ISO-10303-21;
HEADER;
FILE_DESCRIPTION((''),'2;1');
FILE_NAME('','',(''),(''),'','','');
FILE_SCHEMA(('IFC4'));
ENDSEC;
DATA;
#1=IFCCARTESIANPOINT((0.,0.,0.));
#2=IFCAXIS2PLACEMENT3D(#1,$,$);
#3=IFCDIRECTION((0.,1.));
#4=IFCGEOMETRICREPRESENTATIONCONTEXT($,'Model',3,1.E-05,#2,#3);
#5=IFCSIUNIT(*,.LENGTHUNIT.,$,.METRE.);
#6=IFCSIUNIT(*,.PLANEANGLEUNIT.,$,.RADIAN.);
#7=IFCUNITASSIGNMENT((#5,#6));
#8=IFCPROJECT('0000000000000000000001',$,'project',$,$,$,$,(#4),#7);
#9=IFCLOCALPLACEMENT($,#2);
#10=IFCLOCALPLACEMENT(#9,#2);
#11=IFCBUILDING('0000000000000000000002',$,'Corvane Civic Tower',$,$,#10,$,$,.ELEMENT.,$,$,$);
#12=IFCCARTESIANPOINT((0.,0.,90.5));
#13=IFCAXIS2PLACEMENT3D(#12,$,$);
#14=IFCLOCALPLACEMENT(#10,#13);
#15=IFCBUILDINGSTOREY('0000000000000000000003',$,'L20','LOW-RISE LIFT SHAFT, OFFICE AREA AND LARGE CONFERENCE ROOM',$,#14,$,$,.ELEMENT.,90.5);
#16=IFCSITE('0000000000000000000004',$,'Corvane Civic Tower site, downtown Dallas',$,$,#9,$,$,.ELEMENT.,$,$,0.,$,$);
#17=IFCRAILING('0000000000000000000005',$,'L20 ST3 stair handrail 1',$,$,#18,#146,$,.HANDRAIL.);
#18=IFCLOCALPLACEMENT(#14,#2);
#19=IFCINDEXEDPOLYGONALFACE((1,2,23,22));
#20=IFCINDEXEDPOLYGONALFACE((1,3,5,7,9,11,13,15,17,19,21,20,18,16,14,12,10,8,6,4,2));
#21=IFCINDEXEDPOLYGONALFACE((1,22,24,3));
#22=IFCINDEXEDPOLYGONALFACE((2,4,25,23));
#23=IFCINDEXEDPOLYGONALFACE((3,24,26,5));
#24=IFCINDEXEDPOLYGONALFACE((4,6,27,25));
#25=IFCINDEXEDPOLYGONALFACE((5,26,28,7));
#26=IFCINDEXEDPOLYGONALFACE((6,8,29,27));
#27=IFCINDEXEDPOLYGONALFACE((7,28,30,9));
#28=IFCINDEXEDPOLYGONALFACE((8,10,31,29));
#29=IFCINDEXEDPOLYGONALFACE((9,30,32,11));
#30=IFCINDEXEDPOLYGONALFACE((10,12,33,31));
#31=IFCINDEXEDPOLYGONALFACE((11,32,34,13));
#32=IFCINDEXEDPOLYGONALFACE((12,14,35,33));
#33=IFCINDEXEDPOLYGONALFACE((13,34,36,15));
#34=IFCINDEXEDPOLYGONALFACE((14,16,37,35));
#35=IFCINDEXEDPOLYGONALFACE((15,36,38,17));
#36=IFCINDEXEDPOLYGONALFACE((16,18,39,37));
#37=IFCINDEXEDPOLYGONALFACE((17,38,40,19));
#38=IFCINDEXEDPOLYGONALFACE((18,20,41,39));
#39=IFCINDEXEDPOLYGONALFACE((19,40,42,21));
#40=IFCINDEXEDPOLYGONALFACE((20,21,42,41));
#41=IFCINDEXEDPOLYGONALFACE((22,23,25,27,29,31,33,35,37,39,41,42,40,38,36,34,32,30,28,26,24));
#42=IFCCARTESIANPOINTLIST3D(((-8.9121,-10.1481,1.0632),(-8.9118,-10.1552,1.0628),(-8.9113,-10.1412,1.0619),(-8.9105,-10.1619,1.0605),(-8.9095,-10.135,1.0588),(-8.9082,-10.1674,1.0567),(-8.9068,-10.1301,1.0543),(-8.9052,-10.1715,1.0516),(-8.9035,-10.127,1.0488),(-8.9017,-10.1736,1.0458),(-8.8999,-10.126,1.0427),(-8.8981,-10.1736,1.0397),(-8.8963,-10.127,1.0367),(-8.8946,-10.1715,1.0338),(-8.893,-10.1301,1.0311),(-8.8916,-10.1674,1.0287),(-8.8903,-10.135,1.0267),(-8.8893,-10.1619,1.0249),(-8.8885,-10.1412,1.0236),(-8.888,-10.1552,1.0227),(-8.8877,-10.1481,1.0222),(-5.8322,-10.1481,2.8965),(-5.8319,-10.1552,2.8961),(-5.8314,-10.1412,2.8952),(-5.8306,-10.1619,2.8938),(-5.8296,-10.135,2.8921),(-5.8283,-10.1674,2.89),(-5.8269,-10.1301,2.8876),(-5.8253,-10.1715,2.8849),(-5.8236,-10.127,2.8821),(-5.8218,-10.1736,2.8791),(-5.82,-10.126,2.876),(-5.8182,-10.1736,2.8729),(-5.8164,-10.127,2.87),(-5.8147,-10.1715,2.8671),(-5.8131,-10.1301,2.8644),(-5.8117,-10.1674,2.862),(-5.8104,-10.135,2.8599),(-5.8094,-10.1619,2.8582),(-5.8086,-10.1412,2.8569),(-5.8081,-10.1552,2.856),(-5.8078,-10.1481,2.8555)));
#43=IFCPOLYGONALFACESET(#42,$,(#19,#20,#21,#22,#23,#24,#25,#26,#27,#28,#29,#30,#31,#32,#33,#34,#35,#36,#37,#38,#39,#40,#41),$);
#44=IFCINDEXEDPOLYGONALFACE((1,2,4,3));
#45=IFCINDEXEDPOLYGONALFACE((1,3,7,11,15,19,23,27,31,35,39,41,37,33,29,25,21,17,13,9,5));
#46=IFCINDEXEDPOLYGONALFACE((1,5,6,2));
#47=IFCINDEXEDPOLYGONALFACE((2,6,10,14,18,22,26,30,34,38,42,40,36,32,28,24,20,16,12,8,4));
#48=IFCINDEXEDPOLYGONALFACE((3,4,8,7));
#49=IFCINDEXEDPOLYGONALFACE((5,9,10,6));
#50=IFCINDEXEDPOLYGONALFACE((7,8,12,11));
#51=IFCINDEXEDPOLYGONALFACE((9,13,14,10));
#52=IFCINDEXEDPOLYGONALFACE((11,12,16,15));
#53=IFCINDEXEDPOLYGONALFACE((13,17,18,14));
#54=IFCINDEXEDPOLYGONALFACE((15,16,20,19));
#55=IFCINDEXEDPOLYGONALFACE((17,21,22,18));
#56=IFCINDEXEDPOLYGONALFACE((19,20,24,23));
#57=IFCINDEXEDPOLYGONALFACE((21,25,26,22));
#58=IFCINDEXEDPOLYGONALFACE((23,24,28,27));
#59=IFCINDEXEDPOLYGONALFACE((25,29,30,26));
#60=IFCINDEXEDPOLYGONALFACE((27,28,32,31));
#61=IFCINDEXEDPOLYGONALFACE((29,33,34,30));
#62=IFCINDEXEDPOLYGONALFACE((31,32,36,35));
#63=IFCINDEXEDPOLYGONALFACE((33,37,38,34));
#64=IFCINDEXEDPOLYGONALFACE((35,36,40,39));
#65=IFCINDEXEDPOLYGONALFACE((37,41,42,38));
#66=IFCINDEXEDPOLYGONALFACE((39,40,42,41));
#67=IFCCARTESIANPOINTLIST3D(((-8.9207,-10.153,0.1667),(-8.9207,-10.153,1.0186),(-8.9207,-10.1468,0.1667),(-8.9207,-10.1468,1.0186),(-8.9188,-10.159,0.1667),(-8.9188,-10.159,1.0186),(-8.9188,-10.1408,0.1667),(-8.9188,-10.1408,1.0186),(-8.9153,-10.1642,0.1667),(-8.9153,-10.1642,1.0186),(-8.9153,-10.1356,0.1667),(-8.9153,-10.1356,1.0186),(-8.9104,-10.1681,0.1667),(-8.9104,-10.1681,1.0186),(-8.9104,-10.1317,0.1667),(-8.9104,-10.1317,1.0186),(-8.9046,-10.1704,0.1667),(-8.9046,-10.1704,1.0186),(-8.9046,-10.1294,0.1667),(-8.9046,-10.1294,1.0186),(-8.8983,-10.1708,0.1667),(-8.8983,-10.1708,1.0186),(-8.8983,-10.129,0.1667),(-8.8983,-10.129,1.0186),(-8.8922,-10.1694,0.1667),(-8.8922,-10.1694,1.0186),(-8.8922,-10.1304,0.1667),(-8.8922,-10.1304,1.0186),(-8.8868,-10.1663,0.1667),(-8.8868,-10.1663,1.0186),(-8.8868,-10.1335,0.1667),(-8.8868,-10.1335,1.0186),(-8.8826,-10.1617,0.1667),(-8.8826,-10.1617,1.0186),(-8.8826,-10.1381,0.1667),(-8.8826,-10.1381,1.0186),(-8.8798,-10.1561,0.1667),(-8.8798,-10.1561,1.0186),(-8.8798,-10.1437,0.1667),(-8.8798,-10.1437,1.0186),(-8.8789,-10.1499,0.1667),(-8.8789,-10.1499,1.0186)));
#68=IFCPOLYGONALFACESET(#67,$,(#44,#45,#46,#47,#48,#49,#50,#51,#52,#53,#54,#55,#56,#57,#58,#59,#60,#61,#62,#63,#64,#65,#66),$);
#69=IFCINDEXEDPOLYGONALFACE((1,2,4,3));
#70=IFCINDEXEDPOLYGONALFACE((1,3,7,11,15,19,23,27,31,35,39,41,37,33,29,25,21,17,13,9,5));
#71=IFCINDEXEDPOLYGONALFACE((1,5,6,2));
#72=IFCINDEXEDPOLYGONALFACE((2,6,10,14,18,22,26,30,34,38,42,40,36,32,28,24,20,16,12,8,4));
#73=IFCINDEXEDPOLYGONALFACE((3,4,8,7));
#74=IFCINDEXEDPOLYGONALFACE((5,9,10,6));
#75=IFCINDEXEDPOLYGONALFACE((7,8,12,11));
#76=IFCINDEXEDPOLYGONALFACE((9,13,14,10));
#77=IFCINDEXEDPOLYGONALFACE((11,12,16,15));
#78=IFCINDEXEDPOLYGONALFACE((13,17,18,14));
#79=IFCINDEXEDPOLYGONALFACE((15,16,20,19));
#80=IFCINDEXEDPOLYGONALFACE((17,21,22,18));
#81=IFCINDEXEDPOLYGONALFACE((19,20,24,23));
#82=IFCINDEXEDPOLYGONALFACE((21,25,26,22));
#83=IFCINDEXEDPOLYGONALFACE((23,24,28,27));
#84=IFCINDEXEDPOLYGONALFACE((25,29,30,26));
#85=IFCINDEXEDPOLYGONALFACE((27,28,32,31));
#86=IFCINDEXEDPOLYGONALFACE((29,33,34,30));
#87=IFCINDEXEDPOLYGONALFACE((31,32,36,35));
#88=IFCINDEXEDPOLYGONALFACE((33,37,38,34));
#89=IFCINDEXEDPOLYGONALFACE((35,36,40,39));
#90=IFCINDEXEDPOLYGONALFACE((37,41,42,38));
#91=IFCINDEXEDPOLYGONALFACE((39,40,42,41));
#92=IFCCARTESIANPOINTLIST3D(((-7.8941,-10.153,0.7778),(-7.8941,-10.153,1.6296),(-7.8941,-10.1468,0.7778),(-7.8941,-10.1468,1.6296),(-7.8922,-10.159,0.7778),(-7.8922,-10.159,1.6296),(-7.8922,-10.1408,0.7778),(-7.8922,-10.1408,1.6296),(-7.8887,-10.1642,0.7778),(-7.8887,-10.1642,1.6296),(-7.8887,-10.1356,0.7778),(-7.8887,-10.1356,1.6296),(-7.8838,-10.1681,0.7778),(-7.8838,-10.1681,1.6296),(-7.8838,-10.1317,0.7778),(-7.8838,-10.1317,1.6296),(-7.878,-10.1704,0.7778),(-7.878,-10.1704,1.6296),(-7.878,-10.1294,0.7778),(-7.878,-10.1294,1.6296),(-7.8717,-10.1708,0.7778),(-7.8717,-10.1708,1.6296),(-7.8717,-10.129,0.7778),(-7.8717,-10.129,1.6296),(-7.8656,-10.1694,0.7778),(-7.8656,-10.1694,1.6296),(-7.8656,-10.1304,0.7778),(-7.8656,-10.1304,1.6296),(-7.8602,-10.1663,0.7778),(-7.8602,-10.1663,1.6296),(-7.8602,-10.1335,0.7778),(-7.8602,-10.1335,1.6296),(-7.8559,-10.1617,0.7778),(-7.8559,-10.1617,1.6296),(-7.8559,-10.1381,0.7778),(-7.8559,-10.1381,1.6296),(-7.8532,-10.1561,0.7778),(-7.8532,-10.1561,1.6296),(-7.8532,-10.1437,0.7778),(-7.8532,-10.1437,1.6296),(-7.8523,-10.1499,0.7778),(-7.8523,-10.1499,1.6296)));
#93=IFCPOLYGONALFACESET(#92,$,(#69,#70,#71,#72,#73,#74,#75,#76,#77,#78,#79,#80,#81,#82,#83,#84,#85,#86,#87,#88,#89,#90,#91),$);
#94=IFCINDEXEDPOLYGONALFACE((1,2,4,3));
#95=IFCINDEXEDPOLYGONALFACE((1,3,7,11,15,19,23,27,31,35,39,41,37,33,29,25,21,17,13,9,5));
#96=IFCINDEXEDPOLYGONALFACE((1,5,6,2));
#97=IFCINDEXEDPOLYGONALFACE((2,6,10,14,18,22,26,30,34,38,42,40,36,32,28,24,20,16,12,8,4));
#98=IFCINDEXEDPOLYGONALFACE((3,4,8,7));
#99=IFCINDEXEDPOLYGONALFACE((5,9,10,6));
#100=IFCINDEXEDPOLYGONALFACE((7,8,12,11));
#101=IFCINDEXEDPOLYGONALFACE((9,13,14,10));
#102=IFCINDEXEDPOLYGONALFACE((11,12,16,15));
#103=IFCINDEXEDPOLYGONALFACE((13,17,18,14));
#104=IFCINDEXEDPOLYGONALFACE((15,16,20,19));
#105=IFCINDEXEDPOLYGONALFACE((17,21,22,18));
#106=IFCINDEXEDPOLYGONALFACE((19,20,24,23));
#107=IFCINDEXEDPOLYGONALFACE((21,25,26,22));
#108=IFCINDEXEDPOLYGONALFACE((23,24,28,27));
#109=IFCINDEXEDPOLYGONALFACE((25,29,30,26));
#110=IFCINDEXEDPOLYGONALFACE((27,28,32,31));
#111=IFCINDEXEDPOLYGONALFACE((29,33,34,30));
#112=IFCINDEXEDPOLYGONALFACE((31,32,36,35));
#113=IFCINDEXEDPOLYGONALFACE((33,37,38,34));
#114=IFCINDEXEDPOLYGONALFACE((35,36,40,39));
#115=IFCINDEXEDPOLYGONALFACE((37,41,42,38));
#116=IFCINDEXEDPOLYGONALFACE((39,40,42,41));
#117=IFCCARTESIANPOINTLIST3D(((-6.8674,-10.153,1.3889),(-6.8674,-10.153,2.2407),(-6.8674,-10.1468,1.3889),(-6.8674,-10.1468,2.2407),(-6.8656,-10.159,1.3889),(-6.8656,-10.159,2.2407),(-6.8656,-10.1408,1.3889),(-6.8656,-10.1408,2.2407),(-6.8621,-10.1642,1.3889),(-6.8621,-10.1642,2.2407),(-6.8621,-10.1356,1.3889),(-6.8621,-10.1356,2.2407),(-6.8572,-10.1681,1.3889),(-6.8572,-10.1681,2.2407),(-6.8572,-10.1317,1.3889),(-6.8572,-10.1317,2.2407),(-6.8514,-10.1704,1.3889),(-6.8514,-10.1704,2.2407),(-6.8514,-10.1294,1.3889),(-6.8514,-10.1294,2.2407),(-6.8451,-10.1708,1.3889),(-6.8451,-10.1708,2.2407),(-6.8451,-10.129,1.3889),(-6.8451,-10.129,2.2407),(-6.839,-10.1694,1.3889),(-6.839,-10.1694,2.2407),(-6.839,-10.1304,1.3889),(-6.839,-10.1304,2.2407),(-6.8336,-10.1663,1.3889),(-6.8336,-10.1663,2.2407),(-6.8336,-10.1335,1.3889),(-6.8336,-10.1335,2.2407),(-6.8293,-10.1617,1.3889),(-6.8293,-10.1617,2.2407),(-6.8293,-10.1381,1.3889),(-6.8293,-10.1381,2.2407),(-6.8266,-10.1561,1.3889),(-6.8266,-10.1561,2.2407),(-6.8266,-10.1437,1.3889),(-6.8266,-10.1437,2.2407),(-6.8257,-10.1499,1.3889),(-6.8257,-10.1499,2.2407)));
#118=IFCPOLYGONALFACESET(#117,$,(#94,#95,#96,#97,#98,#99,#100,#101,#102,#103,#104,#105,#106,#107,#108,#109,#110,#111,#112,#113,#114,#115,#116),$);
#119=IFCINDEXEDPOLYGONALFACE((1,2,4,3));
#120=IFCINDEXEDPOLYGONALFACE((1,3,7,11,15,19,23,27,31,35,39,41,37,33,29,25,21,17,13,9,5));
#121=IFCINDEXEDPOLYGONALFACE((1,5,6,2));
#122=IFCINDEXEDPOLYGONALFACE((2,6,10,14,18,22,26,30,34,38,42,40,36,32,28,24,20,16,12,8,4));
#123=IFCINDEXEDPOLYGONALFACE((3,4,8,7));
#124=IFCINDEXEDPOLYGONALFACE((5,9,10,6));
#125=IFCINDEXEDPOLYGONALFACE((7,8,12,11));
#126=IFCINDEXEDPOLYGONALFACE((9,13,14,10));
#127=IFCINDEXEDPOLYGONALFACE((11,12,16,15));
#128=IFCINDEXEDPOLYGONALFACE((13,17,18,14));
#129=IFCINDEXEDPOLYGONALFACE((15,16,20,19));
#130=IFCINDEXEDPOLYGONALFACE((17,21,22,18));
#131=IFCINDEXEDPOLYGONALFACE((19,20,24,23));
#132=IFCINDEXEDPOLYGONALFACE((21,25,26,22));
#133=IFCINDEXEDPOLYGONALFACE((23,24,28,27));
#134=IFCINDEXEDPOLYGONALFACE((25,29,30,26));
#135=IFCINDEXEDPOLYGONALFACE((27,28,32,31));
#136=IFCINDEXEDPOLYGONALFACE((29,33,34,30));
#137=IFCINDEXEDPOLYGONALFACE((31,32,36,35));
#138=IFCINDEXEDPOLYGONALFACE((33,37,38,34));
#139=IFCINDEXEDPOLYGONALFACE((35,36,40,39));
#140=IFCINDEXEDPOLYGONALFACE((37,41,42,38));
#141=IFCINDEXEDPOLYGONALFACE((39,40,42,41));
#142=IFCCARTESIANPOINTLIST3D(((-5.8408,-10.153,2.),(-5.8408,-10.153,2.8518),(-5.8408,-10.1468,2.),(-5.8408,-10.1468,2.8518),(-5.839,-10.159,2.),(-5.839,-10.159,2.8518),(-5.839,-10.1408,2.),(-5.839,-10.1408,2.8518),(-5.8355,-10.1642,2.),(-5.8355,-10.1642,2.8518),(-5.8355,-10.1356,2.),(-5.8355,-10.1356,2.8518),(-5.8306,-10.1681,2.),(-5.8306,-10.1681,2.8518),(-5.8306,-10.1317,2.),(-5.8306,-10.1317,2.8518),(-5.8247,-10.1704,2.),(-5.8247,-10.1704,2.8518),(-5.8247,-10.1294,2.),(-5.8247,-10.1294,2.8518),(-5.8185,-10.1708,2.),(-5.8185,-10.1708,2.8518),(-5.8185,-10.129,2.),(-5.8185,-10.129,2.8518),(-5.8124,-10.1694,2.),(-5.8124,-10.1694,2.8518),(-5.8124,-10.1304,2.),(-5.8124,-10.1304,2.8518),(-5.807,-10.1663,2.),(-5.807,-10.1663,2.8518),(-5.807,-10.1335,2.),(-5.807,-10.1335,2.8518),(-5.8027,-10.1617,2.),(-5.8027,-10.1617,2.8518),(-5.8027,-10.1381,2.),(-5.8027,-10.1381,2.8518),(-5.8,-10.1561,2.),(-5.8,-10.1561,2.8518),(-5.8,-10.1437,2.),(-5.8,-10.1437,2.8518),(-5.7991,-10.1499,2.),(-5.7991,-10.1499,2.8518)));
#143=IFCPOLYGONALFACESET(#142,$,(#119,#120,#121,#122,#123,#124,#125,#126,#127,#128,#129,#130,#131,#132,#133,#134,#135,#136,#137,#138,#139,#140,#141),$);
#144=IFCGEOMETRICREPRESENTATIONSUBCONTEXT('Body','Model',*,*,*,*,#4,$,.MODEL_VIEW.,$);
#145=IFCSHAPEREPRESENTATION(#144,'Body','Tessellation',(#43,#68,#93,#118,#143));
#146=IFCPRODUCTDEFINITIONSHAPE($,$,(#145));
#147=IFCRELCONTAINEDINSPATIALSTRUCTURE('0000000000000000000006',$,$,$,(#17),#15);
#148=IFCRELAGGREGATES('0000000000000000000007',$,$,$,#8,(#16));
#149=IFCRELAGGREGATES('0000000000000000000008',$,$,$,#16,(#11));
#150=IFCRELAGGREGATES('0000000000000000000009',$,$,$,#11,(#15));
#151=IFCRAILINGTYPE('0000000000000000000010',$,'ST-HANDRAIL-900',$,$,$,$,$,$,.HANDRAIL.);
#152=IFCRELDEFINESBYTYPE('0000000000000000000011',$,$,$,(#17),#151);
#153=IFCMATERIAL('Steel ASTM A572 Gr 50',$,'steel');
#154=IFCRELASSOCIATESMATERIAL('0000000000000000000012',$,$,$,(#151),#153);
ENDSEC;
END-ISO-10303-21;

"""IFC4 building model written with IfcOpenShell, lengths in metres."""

from ifc_helpers import new_model, si_unit, direction, frame, origin, origin_2d, place, context, subcontext, project, spatial, circle, extrude, material, type_object, element, save


model = new_model("IFC4")

# Units and contexts
model_context = context("Model", 3, precision=1e-05, world=origin(), true_north=direction((0.0, 1.0)))
body_context = subcontext(model_context, "Body", "Model", "MODEL_VIEW")
ifc_project = project(units=[si_unit("LENGTHUNIT", "METRE"), si_unit("PLANEANGLEUNIT", "RADIAN")], contexts=[model_context])

# Site, building, storey
site_placement = place(None, origin())
site = spatial("IfcSite", under=ifc_project, at=site_placement, Name="Corvane Civic Tower site, downtown Dallas", CompositionType="ELEMENT", RefElevation=0.0)
building_placement = place(site_placement, origin())
building = spatial("IfcBuilding", under=site, at=building_placement, Name="Corvane Civic Tower", CompositionType="ELEMENT")
storey_placement = place(building_placement, frame((0.0, 0.0, 90.5)))
storey = spatial("IfcBuildingStorey", under=building, at=storey_placement, Name="L20", Description="LOW-RISE LIFT SHAFT, OFFICE AREA AND LARGE CONFERENCE ROOM", CompositionType="ELEMENT", Elevation=90.5)

# Railing
ifc_material_1 = material(Name="Steel ASTM A572 Gr 50", Category="steel")
railing_type = type_object("IfcRailingType", Name="ST-HANDRAIL-900", PredefinedType="HANDRAIL", material=ifc_material_1)
railing_1_placement = place(storey_placement, frame((-8.8999, -10.1499, 0.1667)))
element("IfcRailing", 1, at=railing_1_placement, inside=storey, type_object=railing_type, Name="L20 ST3 stair handrail 1", PredefinedType="HANDRAIL", context=body_context, shape_type="SweptSolid", body=[
    extrude(circle(Radius=0.0239, at=origin_2d()), frame((0.0, 0.0, 0.876), z_axis=(0.859291, 0.0, 0.511487), x_axis=(0.0, 1.0, 0.0)), (0.0, 0.0, 1.0), 3.5842),
    extrude(circle(Radius=0.021, at=origin_2d()), origin(), (0.0, 0.0, 1.0), 0.8518),
    extrude(circle(Radius=0.021, at=origin_2d()), frame((1.0266, 0.0, 0.6111)), (0.0, 0.0, 1.0), 0.8518),
    extrude(circle(Radius=0.021, at=origin_2d()), frame((2.0532, 0.0, 1.2222)), (0.0, 0.0, 1.0), 0.8518),
    extrude(circle(Radius=0.021, at=origin_2d()), frame((3.0798, 0.0, 1.8333)), (0.0, 0.0, 1.0), 0.8518),
])

save(model, "model.ifc")
